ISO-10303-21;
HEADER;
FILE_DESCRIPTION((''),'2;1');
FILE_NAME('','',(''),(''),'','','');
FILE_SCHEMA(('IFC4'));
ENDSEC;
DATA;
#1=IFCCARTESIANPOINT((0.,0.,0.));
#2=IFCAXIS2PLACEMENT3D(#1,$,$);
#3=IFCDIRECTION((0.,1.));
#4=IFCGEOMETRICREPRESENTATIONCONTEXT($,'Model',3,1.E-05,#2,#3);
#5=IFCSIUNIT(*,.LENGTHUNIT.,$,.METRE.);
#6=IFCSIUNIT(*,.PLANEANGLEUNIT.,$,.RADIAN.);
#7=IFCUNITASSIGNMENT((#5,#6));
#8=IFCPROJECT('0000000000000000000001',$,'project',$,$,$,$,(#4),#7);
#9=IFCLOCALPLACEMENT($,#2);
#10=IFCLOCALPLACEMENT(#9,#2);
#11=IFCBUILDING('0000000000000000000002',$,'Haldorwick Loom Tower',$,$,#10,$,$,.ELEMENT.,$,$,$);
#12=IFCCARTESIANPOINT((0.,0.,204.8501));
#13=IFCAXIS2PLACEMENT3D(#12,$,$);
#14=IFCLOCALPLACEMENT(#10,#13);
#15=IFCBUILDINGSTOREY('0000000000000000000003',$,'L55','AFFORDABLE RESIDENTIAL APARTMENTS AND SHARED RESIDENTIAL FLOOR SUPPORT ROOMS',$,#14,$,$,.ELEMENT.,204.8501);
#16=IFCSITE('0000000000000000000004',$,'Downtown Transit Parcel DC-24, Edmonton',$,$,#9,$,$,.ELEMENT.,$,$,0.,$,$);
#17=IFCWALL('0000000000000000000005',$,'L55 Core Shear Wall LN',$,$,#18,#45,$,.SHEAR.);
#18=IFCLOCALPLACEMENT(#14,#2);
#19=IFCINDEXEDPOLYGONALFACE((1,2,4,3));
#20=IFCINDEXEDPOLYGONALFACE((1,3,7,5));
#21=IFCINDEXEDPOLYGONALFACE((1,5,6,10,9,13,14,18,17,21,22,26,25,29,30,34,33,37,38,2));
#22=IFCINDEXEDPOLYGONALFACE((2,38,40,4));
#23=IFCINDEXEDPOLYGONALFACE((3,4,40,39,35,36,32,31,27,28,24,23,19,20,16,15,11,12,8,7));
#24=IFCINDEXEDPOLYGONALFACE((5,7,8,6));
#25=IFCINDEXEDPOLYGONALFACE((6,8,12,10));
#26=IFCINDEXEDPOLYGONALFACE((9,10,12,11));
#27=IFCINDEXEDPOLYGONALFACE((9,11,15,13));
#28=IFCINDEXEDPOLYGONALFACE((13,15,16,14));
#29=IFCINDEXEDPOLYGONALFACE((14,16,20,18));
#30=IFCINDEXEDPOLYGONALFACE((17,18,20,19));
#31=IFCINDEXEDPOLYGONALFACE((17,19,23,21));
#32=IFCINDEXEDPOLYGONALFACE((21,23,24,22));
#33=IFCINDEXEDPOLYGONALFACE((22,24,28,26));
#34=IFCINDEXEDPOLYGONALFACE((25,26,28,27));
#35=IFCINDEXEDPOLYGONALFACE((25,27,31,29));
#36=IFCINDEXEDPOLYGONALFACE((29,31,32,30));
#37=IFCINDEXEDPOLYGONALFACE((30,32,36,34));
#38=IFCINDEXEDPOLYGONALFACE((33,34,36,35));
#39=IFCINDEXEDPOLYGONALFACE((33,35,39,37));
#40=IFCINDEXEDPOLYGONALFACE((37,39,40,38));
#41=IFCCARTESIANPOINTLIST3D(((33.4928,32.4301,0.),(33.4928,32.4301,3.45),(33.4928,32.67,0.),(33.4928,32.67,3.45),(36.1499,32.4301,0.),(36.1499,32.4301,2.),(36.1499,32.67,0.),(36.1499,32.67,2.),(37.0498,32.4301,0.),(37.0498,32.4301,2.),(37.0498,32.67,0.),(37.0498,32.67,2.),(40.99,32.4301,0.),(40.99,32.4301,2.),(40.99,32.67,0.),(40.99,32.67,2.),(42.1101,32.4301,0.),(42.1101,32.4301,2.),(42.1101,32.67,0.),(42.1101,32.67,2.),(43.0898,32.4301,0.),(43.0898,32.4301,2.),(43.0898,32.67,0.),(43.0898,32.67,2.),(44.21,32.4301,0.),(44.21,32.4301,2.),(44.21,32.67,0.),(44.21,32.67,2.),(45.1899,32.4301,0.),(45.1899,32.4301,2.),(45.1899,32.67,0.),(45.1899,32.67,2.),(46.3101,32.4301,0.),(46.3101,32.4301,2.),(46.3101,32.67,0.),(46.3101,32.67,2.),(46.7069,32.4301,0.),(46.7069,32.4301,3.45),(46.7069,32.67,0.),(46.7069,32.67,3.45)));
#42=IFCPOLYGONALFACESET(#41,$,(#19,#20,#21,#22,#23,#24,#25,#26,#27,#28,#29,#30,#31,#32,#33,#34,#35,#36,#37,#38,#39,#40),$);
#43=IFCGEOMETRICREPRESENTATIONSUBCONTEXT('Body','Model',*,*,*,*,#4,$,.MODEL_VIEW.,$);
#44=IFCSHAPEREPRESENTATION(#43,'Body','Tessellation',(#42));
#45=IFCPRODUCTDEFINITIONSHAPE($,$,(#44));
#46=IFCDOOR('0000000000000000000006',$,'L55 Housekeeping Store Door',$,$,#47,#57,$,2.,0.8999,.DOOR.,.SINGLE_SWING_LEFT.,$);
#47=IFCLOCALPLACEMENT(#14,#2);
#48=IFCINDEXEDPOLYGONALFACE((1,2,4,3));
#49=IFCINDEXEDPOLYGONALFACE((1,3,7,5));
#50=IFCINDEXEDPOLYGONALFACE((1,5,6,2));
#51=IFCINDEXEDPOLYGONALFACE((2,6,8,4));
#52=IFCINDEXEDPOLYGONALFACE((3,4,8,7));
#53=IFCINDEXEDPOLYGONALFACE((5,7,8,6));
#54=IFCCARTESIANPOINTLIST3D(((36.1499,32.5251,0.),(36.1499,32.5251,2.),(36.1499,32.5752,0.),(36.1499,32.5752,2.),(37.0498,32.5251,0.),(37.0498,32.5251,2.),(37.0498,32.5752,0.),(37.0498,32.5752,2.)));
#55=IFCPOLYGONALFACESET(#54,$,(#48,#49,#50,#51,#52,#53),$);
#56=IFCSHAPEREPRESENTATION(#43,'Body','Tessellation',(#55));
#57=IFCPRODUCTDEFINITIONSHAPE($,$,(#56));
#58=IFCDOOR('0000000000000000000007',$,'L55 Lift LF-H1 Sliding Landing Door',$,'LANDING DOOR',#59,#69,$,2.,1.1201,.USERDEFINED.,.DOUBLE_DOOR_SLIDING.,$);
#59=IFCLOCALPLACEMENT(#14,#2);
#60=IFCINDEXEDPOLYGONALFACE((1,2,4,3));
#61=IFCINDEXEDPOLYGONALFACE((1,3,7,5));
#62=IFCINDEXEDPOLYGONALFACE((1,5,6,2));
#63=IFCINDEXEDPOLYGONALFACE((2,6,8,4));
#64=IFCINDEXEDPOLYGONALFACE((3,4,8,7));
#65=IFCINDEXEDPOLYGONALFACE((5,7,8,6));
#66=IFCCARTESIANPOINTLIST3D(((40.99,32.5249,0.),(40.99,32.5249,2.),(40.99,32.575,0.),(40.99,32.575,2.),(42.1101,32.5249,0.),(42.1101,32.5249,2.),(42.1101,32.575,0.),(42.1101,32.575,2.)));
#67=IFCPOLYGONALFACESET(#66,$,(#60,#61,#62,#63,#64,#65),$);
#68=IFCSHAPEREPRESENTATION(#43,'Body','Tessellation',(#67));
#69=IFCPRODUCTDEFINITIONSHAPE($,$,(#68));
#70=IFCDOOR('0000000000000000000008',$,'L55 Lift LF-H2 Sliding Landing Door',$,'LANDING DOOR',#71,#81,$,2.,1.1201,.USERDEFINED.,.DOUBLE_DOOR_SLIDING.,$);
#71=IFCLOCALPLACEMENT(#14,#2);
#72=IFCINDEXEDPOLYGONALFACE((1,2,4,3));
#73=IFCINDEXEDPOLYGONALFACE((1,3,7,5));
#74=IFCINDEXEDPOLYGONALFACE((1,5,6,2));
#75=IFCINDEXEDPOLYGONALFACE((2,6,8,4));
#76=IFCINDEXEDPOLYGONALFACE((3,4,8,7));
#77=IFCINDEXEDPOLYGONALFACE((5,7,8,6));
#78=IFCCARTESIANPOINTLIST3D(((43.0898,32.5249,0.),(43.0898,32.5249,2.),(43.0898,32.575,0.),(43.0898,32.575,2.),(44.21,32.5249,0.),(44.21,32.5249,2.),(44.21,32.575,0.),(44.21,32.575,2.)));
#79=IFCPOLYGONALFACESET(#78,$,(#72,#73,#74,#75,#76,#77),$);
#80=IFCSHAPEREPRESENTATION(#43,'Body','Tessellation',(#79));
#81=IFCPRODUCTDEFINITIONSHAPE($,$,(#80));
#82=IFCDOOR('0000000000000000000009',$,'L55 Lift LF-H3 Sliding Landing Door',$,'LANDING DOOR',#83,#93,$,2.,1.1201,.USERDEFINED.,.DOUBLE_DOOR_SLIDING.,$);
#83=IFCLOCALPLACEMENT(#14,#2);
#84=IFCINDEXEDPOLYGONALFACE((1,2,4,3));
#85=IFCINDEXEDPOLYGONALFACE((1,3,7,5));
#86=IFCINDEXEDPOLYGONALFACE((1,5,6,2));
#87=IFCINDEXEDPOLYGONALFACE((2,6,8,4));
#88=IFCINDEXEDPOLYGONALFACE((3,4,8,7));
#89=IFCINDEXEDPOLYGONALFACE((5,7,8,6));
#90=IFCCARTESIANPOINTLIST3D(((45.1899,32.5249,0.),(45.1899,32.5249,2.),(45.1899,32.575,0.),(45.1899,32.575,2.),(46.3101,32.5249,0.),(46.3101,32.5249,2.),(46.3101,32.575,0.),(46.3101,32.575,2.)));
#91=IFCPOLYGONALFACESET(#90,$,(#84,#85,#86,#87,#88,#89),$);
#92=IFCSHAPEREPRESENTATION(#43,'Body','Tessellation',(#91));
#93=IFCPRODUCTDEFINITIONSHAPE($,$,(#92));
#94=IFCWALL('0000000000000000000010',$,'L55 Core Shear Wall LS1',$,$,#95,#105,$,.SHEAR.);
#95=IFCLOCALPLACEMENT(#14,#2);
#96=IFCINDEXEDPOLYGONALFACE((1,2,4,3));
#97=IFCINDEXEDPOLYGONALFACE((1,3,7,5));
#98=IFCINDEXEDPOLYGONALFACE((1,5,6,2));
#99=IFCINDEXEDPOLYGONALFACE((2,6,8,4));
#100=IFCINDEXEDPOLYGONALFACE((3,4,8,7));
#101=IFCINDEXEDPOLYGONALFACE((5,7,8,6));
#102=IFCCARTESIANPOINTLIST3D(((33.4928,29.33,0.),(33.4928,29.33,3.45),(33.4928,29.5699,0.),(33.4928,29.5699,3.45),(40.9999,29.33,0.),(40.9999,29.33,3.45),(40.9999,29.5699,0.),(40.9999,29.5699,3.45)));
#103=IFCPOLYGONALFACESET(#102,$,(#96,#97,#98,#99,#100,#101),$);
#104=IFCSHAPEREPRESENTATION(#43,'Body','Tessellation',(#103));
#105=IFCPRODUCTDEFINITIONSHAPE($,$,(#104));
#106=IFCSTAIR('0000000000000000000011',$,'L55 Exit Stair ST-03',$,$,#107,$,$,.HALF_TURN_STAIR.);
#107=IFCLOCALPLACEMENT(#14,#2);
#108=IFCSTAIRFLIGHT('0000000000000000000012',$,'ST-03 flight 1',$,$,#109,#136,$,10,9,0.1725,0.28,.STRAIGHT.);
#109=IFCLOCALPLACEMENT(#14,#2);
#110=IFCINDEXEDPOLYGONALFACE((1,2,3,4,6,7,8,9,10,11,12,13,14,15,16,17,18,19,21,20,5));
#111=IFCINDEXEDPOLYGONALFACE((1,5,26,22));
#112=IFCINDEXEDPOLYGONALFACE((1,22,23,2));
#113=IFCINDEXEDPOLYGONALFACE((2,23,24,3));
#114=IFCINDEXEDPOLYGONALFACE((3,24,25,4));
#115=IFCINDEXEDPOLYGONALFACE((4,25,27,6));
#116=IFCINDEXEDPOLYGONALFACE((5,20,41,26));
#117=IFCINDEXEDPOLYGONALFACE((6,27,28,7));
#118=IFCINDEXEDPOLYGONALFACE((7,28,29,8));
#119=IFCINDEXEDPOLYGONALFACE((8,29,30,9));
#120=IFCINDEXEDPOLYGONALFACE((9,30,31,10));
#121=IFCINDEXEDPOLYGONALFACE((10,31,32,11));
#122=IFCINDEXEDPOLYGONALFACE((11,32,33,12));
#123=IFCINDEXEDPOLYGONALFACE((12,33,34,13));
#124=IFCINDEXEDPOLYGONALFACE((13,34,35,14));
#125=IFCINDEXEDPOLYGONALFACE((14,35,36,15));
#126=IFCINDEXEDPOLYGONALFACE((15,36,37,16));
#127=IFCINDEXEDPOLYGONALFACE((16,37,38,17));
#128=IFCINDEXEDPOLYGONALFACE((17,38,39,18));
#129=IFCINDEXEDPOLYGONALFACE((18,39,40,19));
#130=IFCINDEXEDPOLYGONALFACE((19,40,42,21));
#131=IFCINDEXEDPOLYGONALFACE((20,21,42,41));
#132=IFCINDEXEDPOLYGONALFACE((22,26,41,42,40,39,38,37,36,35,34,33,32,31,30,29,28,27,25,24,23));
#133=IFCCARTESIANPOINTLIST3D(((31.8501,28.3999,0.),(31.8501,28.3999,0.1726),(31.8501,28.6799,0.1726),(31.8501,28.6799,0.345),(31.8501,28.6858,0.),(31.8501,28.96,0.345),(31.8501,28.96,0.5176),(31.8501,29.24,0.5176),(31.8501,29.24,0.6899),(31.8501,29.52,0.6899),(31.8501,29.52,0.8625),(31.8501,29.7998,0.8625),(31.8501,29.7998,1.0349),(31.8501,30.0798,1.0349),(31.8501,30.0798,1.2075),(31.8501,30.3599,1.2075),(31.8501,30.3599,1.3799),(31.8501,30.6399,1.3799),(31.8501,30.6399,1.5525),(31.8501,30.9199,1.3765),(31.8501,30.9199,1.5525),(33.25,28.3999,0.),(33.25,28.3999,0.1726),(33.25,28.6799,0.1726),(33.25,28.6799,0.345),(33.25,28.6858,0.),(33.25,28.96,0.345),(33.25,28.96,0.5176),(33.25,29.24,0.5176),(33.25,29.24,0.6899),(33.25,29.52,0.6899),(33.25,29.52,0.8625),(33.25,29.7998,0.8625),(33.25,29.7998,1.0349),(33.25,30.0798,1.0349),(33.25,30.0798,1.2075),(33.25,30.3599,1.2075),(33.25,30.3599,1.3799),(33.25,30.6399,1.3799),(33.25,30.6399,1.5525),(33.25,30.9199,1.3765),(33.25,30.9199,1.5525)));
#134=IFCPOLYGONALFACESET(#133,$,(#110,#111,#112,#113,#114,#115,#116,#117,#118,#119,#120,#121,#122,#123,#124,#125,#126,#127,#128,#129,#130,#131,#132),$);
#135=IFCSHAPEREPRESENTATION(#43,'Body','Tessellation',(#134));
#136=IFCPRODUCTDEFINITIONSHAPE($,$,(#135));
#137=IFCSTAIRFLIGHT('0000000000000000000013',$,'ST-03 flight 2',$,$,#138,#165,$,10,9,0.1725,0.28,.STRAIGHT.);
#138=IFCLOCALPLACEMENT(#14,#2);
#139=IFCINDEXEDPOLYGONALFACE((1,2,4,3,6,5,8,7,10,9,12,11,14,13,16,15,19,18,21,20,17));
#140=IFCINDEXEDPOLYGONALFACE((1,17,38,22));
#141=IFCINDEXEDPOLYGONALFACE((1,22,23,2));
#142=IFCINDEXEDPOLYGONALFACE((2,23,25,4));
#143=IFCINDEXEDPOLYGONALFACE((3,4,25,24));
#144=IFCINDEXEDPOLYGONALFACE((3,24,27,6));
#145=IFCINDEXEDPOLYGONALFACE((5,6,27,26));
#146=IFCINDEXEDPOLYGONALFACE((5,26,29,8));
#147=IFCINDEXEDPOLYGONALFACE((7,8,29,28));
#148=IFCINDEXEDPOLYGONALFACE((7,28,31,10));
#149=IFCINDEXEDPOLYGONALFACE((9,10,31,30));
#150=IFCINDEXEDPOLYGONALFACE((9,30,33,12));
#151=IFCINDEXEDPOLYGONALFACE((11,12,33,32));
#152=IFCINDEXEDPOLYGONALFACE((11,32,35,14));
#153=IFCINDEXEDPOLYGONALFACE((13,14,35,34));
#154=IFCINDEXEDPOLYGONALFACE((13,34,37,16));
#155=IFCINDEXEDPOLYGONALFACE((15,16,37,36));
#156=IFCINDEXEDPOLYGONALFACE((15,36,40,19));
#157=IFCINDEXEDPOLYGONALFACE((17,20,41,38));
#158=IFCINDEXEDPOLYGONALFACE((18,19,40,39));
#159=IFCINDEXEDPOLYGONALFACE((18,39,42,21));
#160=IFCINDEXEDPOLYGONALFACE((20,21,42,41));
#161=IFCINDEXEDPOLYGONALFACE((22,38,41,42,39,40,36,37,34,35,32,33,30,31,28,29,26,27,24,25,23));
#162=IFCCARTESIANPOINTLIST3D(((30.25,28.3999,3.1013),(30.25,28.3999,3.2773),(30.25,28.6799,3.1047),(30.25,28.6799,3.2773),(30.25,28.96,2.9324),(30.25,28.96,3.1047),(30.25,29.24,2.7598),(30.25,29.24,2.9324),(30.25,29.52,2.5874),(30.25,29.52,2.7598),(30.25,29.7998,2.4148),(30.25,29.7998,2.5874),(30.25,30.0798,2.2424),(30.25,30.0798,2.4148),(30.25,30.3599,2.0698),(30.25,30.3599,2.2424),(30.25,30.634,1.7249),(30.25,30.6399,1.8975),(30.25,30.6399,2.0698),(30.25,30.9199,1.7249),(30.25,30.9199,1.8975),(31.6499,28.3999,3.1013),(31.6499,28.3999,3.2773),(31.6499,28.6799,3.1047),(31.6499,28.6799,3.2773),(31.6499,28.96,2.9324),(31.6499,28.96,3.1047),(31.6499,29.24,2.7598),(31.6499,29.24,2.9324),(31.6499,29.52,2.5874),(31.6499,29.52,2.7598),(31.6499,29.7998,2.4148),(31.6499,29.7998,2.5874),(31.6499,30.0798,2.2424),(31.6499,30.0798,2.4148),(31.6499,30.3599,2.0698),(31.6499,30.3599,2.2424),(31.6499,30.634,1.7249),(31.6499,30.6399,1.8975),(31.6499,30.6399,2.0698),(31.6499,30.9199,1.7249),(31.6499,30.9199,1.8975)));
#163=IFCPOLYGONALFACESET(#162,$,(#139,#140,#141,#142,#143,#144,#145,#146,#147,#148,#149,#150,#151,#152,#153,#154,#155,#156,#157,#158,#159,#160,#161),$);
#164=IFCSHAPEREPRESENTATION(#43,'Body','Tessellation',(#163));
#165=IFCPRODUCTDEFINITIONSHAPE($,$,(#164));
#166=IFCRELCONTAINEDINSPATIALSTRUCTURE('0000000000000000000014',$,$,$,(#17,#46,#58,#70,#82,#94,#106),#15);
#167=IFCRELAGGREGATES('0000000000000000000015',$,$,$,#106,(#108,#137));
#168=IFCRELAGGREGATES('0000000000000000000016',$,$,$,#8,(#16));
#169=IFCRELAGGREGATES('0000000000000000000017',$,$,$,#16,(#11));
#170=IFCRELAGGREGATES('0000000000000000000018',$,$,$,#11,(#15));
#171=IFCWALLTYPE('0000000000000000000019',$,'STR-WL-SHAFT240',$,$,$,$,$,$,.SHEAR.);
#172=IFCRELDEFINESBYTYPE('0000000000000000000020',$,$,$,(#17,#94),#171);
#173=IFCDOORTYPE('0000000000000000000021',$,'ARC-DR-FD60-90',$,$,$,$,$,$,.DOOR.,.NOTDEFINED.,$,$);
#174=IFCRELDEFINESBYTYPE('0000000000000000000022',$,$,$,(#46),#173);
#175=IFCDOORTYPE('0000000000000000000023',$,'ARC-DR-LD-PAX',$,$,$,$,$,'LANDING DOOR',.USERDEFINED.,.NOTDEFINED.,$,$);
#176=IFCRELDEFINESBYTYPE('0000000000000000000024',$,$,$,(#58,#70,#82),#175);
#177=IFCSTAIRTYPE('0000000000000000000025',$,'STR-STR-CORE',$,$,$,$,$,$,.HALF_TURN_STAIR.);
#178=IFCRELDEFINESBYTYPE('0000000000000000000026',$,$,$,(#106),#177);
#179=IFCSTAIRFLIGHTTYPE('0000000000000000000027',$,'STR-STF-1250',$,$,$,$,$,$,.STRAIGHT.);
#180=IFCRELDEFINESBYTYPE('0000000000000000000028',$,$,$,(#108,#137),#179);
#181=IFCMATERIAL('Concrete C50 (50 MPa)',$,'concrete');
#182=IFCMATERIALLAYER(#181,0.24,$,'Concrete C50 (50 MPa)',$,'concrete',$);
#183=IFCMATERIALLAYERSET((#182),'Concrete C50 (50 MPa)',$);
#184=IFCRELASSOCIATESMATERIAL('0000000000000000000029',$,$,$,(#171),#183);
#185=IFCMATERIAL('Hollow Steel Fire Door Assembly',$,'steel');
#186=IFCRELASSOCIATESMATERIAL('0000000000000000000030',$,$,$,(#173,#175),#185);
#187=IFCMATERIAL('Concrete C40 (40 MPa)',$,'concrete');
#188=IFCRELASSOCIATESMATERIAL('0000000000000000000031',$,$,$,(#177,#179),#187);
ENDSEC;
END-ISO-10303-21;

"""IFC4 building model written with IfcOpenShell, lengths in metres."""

from ifc_helpers import new_model, si_unit, direction, frame, frame_2d, origin, place, context, subcontext, project, spatial, polyline, rectangle, outline, extrude, material, layer, layer_set, type_object, element, fill, aggregate, save


model = new_model("IFC4")

# Units and contexts
model_context = context("Model", 3, precision=1e-05, world=origin(), true_north=direction((0.0, 1.0)))
body_context = subcontext(model_context, "Body", "Model", "MODEL_VIEW")
ifc_project = project(units=[si_unit("LENGTHUNIT", "METRE"), si_unit("PLANEANGLEUNIT", "RADIAN")], contexts=[model_context])

# Site, building, storey
site_placement = place(None, origin())
site = spatial("IfcSite", under=ifc_project, at=site_placement, Name="Downtown Transit Parcel DC-24, Edmonton", CompositionType="ELEMENT", RefElevation=0.0)
building_placement = place(site_placement, origin())
building = spatial("IfcBuilding", under=site, at=building_placement, Name="Haldorwick Loom Tower", CompositionType="ELEMENT")
storey_placement = place(building_placement, frame((0.0, 0.0, 204.8501)))
storey = spatial("IfcBuildingStorey", under=building, at=storey_placement, Name="L55", Description="AFFORDABLE RESIDENTIAL APARTMENTS AND SHARED RESIDENTIAL FLOOR SUPPORT ROOMS", CompositionType="ELEMENT", Elevation=204.8501)

# Shared definitions
ifc_material_1 = material(Name="Concrete C50 (50 MPa)", Category="concrete")
ifc_layer = layer(ifc_material_1, 0.24, Name="Concrete C50 (50 MPa)", Category="concrete")
ifc_layer_set = layer_set([ifc_layer], Name="Concrete C50 (50 MPa)")
wall_type = type_object("IfcWallType", Name="STR-WL-SHAFT240", PredefinedType="SHEAR", material=ifc_layer_set)

# Shared definitions
ifc_material_2 = material(Name="Hollow Steel Fire Door Assembly", Category="steel")

# Wall, openings, doors
wall_1_placement = place(storey_placement, frame((33.4929, 32.55, 0.0), z_axis=(0.0, 0.0, 1.0), x_axis=(1.0, 0.0, 0.0)))
wall_1 = element("IfcWall", 1, at=wall_1_placement, inside=storey, type_object=wall_type, Name="L55 Core Shear Wall LN", PredefinedType="SHEAR", context=body_context, shape_type="SweptSolid", body=[
    extrude(rectangle(XDim=13.2141, YDim=0.24, at=frame_2d((6.6069, 0.0))), origin(), (0.0, 0.0, 1.0), 3.45),
])
opening_1_placement = place(wall_1_placement, frame((2.657, 0.0, 0.0)))
opening_1 = element("IfcOpeningElement", 2, at=opening_1_placement, cuts=wall_1, PredefinedType="OPENING", context=body_context, shape_type="SweptSolid", body=[
    extrude(rectangle(XDim=0.8999, YDim=2.0, at=frame_2d((0.45, 1.0))), frame((0.0, 0.1299, 0.0), z_axis=(0.0, -1.0, 0.0), x_axis=(1.0, 0.0, 0.0)), (0.0, 0.0, 1.0), 0.26),
])
opening_2_placement = place(wall_1_placement, frame((7.4971, 0.0, 0.0)))
opening_2 = element("IfcOpeningElement", 3, at=opening_2_placement, cuts=wall_1, PredefinedType="OPENING", context=body_context, shape_type="SweptSolid", body=[
    extrude(rectangle(XDim=1.1201, YDim=2.0, at=frame_2d((0.5601, 1.0))), frame((0.0, 0.1299, 0.0), z_axis=(0.0, -1.0, 0.0), x_axis=(1.0, 0.0, 0.0)), (0.0, 0.0, 1.0), 0.26),
])
opening_3_placement = place(wall_1_placement, frame((9.5969, 0.0, 0.0)))
opening_3 = element("IfcOpeningElement", 4, at=opening_3_placement, cuts=wall_1, PredefinedType="OPENING", context=body_context, shape_type="SweptSolid", body=[
    extrude(rectangle(XDim=1.1201, YDim=2.0, at=frame_2d((0.5601, 1.0))), frame((0.0, 0.1299, 0.0), z_axis=(0.0, -1.0, 0.0), x_axis=(1.0, 0.0, 0.0)), (0.0, 0.0, 1.0), 0.26),
])
opening_4_placement = place(wall_1_placement, frame((11.697, 0.0, 0.0)))
opening_4 = element("IfcOpeningElement", 5, at=opening_4_placement, cuts=wall_1, PredefinedType="OPENING", context=body_context, shape_type="SweptSolid", body=[
    extrude(rectangle(XDim=1.1201, YDim=2.0, at=frame_2d((0.5601, 1.0))), frame((0.0, 0.1299, 0.0), z_axis=(0.0, -1.0, 0.0), x_axis=(1.0, 0.0, 0.0)), (0.0, 0.0, 1.0), 0.26),
])
door_type_1 = type_object("IfcDoorType", Name="ARC-DR-FD60-90", OperationType="NOTDEFINED", PredefinedType="DOOR", material=ifc_material_2)
door_1_placement = place(opening_1_placement, frame((0.8999, 0.0, 0.0), z_axis=(0.0, 0.0, 1.0), x_axis=(-1.0, 0.0, 0.0)))
door_1 = element("IfcDoor", 6, at=door_1_placement, inside=storey, type_object=door_type_1, Name="L55 Housekeeping Store Door", OperationType="SINGLE_SWING_LEFT", OverallHeight=2.0, OverallWidth=0.8999, PredefinedType="DOOR", context=body_context, shape_type="SweptSolid", body=[
    extrude(rectangle(XDim=0.8999, YDim=2.0, at=frame_2d((0.45, 1.0))), frame((0.0, 0.0249, 0.0), z_axis=(0.0, -1.0, 0.0), x_axis=(1.0, 0.0, 0.0)), (0.0, 0.0, 1.0), 0.05),
])
fill(opening_1, door_1)
door_type_2 = type_object("IfcDoorType", Name="ARC-DR-LD-PAX", ElementType="LANDING DOOR", OperationType="NOTDEFINED", PredefinedType="USERDEFINED", material=ifc_material_2)
door_2_placement = place(opening_2_placement, origin())
door_2 = element("IfcDoor", 7, at=door_2_placement, inside=storey, type_object=door_type_2, Name="L55 Lift LF-H1 Sliding Landing Door", ObjectType="LANDING DOOR", OperationType="DOUBLE_DOOR_SLIDING", OverallHeight=2.0, OverallWidth=1.1201, PredefinedType="USERDEFINED", context=body_context, shape_type="SweptSolid", body=[
    extrude(rectangle(XDim=1.1201, YDim=2.0, at=frame_2d((0.5601, 1.0))), frame((0.0, 0.0249, 0.0), z_axis=(0.0, -1.0, 0.0), x_axis=(1.0, 0.0, 0.0)), (0.0, 0.0, 1.0), 0.05),
])
fill(opening_2, door_2)
door_3_placement = place(opening_3_placement, origin())
door_3 = element("IfcDoor", 8, at=door_3_placement, inside=storey, type_object=door_type_2, Name="L55 Lift LF-H2 Sliding Landing Door", ObjectType="LANDING DOOR", OperationType="DOUBLE_DOOR_SLIDING", OverallHeight=2.0, OverallWidth=1.1201, PredefinedType="USERDEFINED", context=body_context, shape_type="SweptSolid", body=[
    extrude(rectangle(XDim=1.1201, YDim=2.0, at=frame_2d((0.5601, 1.0))), frame((0.0, 0.0249, 0.0), z_axis=(0.0, -1.0, 0.0), x_axis=(1.0, 0.0, 0.0)), (0.0, 0.0, 1.0), 0.05),
])
fill(opening_3, door_3)
door_4_placement = place(opening_4_placement, origin())
door_4 = element("IfcDoor", 9, at=door_4_placement, inside=storey, type_object=door_type_2, Name="L55 Lift LF-H3 Sliding Landing Door", ObjectType="LANDING DOOR", OperationType="DOUBLE_DOOR_SLIDING", OverallHeight=2.0, OverallWidth=1.1201, PredefinedType="USERDEFINED", context=body_context, shape_type="SweptSolid", body=[
    extrude(rectangle(XDim=1.1201, YDim=2.0, at=frame_2d((0.5601, 1.0))), frame((0.0, 0.0249, 0.0), z_axis=(0.0, -1.0, 0.0), x_axis=(1.0, 0.0, 0.0)), (0.0, 0.0, 1.0), 0.05),
])
fill(opening_4, door_4)

# Wall
wall_2_placement = place(storey_placement, frame((33.4929, 29.45, 0.0), z_axis=(0.0, 0.0, 1.0), x_axis=(1.0, 0.0, 0.0)))
element("IfcWall", 10, at=wall_2_placement, inside=storey, type_object=wall_type, Name="L55 Core Shear Wall LS1", PredefinedType="SHEAR", context=body_context, shape_type="SweptSolid", body=[
    extrude(rectangle(XDim=7.5071, YDim=0.24, at=frame_2d((3.7534, 0.0))), origin(), (0.0, 0.0, 1.0), 3.45),
])

# Stair, stair flights
ifc_material_3 = material(Name="Concrete C40 (40 MPa)", Category="concrete")
stair_type = type_object("IfcStairType", Name="STR-STR-CORE", PredefinedType="HALF_TURN_STAIR", material=ifc_material_3)
stair_placement = place(storey_placement, origin())
stair = element("IfcStair", 11, at=stair_placement, inside=storey, type_object=stair_type, Name="L55 Exit Stair ST-03", PredefinedType="HALF_TURN_STAIR")
stair_flight_type = type_object("IfcStairFlightType", Name="STR-STF-1250", PredefinedType="STRAIGHT", material=ifc_material_3)
stair_flight_1_placement = place(storey_placement, frame((32.55, 28.3999, 0.0), z_axis=(0.0, 0.0, 1.0), x_axis=(0.0, 1.0, 0.0)))
stair_flight_1 = element("IfcStairFlight", 12, at=stair_flight_1_placement, type_object=stair_flight_type, Name="ST-03 flight 1", NumberOfRisers=10, NumberOfTreads=9, PredefinedType="STRAIGHT", RiserHeight=0.1725, TreadLength=0.28, context=body_context, shape_type="SweptSolid", body=[
    extrude(outline(polyline([(0.0, 0.0), (0.0, 0.1726), (0.28, 0.1726), (0.28, 0.345), (0.5601, 0.345), (0.5601, 0.5176), (0.8401, 0.5176), (0.8401, 0.6899), (1.1201, 0.6899), (1.1201, 0.8625), (1.3999, 0.8625), (1.3999, 1.0349), (1.6799, 1.0349), (1.6799, 1.2075), (1.96, 1.2075), (1.96, 1.3799), (2.24, 1.3799), (2.24, 1.5525), (2.52, 1.5525), (2.52, 1.7251), (2.52, 1.3765), (0.2859, 0.0), (0.0, 0.0)])), frame((0.0, 0.7, 0.0), z_axis=(0.0, -1.0, 0.0), x_axis=(1.0, 0.0, 0.0)), (0.0, 0.0, 1.0), 1.3999),
])
stair_flight_2_placement = place(storey_placement, frame((30.95, 30.9199, 1.7249), z_axis=(0.0, 0.0, 1.0), x_axis=(0.0, -1.0, 0.0)))
stair_flight_2 = element("IfcStairFlight", 13, at=stair_flight_2_placement, type_object=stair_flight_type, Name="ST-03 flight 2", NumberOfRisers=10, NumberOfTreads=9, PredefinedType="STRAIGHT", RiserHeight=0.1725, TreadLength=0.28, context=body_context, shape_type="SweptSolid", body=[
    extrude(outline(polyline([(0.0, 0.0), (0.0, 0.1726), (0.28, 0.1726), (0.28, 0.345), (0.5601, 0.345), (0.5601, 0.5176), (0.8401, 0.5176), (0.8401, 0.6899), (1.1201, 0.6899), (1.1201, 0.8625), (1.3999, 0.8625), (1.3999, 1.0349), (1.6799, 1.0349), (1.6799, 1.2075), (1.96, 1.2075), (1.96, 1.3799), (2.24, 1.3799), (2.24, 1.5525), (2.52, 1.5525), (2.52, 1.7251), (2.52, 1.3765), (0.2859, 0.0), (0.0, 0.0)])), frame((0.0, 0.7, 0.0), z_axis=(0.0, -1.0, 0.0), x_axis=(1.0, 0.0, 0.0)), (0.0, 0.0, 1.0), 1.3999),
])
aggregate(stair, [stair_flight_1, stair_flight_2])

save(model, "model.ifc")
